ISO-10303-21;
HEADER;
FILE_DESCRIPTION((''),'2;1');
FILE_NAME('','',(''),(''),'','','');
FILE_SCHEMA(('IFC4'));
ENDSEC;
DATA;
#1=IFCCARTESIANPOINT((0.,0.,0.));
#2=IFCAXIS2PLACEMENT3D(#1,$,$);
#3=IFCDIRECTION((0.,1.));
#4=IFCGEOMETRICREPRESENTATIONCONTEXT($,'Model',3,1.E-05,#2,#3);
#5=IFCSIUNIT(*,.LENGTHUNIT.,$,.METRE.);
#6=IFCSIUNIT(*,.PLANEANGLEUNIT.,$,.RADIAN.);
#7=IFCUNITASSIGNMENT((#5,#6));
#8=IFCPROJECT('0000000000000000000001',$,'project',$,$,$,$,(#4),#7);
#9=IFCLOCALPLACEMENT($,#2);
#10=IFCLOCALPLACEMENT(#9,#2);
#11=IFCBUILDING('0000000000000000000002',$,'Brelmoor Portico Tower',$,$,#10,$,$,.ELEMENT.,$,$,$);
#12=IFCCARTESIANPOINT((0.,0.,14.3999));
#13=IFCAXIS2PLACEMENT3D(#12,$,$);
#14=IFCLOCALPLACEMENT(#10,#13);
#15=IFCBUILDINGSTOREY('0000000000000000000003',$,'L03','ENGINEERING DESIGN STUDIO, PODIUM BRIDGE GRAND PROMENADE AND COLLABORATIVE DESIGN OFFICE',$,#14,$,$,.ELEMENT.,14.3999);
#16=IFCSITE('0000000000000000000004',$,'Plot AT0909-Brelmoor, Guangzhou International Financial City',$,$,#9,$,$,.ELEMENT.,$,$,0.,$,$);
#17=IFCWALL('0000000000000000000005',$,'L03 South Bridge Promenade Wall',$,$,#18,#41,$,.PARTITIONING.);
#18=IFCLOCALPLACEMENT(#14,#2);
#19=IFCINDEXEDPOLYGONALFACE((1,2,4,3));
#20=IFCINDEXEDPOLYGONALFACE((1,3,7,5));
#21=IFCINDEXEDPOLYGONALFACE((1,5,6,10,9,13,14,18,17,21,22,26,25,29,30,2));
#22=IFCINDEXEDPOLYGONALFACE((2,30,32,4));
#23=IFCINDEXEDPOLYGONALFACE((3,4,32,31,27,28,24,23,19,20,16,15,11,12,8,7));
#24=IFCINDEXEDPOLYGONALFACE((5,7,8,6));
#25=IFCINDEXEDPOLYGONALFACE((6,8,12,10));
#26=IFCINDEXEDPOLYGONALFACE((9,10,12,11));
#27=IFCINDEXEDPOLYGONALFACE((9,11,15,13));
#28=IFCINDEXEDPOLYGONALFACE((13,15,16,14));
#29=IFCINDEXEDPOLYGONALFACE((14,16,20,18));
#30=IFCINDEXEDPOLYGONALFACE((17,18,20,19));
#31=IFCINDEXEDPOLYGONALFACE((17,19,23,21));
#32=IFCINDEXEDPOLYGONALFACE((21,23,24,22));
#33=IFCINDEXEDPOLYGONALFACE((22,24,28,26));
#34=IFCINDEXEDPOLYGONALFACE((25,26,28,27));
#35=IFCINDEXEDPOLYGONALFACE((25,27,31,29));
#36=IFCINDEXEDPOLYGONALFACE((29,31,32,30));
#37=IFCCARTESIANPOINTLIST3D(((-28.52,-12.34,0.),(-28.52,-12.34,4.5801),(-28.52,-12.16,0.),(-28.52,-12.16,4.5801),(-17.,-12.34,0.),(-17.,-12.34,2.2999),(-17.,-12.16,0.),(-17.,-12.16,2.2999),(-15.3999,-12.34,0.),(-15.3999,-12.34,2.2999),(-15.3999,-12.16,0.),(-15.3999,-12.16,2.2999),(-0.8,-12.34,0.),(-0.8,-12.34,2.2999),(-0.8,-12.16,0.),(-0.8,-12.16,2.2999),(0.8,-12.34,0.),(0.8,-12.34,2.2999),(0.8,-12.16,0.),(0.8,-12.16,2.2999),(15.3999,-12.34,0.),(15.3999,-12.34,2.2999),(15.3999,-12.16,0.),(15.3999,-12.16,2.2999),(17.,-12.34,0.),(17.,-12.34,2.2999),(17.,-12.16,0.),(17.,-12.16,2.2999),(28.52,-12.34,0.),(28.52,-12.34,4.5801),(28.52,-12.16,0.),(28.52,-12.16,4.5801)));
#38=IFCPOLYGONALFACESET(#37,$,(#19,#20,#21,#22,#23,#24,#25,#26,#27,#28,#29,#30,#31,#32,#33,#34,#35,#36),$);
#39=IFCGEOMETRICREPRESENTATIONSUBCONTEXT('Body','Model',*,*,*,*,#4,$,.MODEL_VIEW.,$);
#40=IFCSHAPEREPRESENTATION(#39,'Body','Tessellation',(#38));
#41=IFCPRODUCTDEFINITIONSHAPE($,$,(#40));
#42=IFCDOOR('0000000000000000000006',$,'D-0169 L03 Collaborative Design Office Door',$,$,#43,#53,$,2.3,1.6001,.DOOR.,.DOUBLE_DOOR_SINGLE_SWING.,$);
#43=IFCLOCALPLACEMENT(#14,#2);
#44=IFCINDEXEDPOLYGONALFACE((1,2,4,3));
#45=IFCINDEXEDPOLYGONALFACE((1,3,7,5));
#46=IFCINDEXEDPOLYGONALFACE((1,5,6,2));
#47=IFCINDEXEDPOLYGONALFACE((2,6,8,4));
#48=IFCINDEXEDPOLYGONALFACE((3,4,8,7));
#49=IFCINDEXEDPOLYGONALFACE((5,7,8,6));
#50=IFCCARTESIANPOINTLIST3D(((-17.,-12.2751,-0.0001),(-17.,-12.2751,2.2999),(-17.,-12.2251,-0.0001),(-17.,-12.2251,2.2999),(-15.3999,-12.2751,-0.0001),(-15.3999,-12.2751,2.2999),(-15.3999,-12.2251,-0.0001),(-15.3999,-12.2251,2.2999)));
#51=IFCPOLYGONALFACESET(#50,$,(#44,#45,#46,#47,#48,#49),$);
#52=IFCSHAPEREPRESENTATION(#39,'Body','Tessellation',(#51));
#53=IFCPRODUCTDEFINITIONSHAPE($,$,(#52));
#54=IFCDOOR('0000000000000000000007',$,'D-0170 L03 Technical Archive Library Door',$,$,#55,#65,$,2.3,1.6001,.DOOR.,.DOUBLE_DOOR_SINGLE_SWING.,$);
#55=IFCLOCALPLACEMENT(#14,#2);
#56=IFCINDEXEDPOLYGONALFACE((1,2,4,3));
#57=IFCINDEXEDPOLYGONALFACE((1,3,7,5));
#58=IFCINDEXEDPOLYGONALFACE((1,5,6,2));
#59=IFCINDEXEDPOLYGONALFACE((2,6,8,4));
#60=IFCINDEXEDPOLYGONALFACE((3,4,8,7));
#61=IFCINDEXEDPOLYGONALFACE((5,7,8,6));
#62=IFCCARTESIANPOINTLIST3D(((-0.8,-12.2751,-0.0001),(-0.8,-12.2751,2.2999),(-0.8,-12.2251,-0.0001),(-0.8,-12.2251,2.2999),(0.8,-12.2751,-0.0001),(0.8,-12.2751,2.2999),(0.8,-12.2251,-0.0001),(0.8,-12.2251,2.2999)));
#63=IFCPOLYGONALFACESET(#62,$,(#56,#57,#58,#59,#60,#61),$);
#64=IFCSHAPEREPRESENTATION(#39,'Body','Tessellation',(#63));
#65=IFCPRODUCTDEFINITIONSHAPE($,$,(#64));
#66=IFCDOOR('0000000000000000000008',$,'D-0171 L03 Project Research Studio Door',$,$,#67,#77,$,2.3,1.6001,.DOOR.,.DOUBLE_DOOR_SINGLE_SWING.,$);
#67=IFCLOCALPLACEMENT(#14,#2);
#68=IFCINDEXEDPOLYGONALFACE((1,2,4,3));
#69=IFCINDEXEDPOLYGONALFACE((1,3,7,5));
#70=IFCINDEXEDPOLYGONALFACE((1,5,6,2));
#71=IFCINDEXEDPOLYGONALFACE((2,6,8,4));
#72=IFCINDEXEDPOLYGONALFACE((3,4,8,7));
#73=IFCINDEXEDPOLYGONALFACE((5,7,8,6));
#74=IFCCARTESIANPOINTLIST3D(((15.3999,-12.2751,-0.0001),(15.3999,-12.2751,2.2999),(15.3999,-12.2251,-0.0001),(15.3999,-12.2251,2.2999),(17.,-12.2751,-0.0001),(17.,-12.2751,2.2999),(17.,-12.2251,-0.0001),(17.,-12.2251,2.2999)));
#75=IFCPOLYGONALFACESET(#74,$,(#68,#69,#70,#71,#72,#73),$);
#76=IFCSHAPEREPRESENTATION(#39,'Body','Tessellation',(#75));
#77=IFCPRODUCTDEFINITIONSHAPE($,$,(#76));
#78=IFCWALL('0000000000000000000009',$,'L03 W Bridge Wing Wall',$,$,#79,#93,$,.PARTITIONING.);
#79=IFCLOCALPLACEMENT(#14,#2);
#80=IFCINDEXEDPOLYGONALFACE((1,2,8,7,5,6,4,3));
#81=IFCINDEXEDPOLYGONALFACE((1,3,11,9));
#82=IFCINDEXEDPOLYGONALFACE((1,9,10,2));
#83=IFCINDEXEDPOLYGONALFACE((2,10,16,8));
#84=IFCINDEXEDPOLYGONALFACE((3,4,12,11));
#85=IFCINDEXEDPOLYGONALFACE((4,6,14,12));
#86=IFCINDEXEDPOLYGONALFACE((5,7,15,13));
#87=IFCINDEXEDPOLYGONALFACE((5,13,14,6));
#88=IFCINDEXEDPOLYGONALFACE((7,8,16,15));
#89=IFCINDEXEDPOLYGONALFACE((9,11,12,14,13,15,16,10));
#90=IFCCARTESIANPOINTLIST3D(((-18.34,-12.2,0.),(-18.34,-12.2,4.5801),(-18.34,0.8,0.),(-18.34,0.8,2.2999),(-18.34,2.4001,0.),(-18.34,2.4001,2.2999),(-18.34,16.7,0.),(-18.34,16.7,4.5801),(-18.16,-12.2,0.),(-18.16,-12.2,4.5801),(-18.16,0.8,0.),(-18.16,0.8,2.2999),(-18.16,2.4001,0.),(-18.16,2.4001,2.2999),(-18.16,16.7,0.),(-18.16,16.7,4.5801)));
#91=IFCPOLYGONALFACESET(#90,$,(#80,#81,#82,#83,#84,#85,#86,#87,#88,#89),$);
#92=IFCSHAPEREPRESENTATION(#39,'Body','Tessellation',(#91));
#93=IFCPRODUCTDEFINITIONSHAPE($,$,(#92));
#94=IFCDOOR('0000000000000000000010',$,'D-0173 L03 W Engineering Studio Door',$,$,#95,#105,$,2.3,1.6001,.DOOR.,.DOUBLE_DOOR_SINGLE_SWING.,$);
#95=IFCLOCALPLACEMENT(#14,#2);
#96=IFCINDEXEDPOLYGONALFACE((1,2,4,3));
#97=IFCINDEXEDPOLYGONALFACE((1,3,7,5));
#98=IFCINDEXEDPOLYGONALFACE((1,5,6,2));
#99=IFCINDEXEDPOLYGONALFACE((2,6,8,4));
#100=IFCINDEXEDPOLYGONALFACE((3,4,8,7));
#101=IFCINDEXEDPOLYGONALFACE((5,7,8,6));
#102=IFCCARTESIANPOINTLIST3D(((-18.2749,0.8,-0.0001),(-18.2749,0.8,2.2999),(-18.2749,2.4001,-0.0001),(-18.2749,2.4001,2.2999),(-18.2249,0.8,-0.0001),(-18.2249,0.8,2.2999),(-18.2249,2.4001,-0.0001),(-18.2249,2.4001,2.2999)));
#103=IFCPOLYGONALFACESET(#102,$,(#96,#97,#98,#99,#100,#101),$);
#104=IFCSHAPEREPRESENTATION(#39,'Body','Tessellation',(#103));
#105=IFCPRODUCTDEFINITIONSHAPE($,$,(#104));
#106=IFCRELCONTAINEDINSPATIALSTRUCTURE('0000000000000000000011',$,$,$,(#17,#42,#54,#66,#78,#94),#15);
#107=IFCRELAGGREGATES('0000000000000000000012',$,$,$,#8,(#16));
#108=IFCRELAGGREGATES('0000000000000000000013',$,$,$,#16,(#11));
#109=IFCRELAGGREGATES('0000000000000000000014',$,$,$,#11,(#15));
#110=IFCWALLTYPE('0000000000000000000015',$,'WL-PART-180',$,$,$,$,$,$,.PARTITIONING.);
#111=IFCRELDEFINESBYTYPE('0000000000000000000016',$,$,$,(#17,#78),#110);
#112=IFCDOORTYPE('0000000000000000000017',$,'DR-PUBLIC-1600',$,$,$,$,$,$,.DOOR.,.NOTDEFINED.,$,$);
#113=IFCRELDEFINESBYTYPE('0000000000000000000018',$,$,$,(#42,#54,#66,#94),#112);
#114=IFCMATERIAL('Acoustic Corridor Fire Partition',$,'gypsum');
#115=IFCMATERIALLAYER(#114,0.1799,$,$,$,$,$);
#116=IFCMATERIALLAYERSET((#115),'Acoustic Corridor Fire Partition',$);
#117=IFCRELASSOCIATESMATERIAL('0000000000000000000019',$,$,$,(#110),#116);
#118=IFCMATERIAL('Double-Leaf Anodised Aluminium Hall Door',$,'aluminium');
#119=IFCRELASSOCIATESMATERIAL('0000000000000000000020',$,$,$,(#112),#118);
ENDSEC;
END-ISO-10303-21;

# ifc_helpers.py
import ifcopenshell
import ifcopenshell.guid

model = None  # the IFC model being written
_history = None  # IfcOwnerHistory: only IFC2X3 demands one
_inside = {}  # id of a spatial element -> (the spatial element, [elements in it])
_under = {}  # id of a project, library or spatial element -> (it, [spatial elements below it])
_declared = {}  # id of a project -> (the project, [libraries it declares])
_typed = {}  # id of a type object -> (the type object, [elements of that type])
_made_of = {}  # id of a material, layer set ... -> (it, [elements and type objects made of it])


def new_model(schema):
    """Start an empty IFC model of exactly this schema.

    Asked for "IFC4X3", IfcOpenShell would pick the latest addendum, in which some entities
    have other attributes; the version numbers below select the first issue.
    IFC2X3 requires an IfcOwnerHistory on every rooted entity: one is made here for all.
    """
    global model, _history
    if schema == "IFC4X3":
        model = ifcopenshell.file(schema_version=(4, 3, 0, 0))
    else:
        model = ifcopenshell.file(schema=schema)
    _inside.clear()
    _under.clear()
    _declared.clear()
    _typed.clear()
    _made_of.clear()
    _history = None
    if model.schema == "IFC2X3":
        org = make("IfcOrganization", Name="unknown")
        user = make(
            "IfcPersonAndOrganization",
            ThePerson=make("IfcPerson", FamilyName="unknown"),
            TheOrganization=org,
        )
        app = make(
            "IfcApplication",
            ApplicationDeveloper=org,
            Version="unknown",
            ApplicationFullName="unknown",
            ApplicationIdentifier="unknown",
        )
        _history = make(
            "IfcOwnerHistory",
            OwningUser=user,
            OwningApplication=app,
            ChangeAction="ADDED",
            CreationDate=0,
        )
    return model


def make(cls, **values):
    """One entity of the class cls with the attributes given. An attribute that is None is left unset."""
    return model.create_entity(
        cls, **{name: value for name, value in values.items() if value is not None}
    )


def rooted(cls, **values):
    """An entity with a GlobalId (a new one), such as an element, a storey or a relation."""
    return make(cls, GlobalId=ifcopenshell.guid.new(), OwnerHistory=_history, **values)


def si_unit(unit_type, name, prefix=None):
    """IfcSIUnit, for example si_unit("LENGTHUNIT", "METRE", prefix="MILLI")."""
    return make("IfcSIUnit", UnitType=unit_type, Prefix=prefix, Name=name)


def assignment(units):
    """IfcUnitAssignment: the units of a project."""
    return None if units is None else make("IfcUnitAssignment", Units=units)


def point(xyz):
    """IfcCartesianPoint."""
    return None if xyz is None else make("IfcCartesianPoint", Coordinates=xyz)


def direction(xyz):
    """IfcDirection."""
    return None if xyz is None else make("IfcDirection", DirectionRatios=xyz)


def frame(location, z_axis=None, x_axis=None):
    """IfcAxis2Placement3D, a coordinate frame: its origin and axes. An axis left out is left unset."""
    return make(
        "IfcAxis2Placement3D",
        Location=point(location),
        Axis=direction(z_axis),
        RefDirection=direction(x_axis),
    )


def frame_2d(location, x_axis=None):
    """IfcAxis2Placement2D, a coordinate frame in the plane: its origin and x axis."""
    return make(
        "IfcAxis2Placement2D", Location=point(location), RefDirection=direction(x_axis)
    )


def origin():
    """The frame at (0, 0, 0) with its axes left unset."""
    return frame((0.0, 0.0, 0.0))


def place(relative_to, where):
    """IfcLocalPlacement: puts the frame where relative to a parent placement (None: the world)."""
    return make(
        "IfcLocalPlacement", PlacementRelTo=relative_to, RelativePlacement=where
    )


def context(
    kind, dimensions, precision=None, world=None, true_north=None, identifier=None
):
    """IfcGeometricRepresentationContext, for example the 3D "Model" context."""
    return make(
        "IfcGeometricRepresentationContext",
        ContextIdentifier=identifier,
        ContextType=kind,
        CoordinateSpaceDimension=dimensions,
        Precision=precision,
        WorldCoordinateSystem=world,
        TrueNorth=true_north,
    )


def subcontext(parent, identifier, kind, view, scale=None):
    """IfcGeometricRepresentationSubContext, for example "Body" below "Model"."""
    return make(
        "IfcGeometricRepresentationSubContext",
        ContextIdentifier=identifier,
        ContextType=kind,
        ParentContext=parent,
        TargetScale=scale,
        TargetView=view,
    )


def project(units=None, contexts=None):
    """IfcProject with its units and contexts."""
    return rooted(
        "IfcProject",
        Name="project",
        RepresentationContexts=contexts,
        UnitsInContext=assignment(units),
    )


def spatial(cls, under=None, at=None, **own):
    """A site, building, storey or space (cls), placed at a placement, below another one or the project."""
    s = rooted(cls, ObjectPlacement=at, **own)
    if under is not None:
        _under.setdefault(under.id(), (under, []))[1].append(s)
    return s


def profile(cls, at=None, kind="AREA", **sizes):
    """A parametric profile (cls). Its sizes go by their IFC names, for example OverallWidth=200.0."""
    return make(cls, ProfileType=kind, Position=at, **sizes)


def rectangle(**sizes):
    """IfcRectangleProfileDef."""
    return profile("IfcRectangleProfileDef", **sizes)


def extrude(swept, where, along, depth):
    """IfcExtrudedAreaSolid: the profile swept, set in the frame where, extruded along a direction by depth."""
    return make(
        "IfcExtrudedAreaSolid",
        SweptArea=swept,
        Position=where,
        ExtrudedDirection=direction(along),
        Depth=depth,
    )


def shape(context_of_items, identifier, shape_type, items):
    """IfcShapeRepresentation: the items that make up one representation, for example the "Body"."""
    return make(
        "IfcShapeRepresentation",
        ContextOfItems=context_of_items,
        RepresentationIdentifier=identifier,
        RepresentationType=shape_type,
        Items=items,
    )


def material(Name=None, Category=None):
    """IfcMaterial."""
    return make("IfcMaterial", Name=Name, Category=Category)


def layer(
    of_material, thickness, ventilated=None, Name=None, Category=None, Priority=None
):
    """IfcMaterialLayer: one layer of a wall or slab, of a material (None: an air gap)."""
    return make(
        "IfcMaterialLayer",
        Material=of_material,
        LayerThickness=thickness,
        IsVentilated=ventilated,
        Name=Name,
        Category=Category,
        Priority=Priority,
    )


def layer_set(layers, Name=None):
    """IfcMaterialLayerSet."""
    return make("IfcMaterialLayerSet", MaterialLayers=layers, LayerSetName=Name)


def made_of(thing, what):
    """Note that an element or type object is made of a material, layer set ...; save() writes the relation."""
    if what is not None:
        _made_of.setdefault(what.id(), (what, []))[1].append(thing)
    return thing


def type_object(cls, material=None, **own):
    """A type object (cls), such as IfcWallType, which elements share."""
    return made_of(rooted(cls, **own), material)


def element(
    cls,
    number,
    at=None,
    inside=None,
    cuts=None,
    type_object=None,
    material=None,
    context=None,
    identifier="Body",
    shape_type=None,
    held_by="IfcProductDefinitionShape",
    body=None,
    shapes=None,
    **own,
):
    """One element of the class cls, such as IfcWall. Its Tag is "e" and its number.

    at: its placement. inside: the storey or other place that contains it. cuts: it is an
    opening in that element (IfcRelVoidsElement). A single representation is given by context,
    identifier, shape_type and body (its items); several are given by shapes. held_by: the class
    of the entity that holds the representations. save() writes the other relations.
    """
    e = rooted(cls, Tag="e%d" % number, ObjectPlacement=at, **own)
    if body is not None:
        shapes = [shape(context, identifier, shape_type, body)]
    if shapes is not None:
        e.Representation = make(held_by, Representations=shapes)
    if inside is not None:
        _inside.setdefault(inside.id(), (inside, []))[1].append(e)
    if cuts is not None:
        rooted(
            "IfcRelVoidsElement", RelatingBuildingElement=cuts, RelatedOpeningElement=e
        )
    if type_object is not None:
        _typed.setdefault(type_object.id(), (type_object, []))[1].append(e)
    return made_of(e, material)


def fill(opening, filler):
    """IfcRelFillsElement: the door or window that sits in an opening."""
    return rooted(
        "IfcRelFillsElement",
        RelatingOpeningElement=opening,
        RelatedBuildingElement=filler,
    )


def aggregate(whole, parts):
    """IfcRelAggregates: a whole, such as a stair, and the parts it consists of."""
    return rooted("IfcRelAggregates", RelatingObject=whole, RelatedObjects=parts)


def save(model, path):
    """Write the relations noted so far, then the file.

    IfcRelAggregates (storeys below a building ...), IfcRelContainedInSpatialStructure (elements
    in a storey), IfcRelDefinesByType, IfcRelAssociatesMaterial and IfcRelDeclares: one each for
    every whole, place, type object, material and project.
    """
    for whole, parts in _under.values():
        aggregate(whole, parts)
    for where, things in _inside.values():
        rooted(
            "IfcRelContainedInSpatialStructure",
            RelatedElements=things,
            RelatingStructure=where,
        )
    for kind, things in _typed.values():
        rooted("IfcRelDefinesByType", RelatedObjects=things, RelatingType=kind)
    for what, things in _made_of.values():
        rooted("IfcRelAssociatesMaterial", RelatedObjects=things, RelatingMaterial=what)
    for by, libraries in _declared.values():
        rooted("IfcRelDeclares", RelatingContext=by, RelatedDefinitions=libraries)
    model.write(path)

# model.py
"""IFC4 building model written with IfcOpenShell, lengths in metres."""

from ifc_helpers import new_model, si_unit, direction, frame, frame_2d, origin, place, context, subcontext, project, spatial, rectangle, extrude, material, layer, layer_set, type_object, element, fill, save


model = new_model("IFC4")

# Units and contexts
model_context = context("Model", 3, precision=1e-05, world=origin(), true_north=direction((0.0, 1.0)))
body_context = subcontext(model_context, "Body", "Model", "MODEL_VIEW")
ifc_project = project(units=[si_unit("LENGTHUNIT", "METRE"), si_unit("PLANEANGLEUNIT", "RADIAN")], contexts=[model_context])

# Site, building, storey
site_placement = place(None, origin())
site = spatial("IfcSite", under=ifc_project, at=site_placement, Name="Plot AT0909-Brelmoor, Guangzhou International Financial City", CompositionType="ELEMENT", RefElevation=0.0)
building_placement = place(site_placement, origin())
building = spatial("IfcBuilding", under=site, at=building_placement, Name="Brelmoor Portico Tower", CompositionType="ELEMENT")
storey_placement = place(building_placement, frame((0.0, 0.0, 14.3999)))
storey = spatial("IfcBuildingStorey", under=building, at=storey_placement, Name="L03", Description="ENGINEERING DESIGN STUDIO, PODIUM BRIDGE GRAND PROMENADE AND COLLABORATIVE DESIGN OFFICE", CompositionType="ELEMENT", Elevation=14.3999)

# Wall, openings, doors
ifc_material_1 = material(Name="Acoustic Corridor Fire Partition", Category="gypsum")
ifc_layer_1 = layer(ifc_material_1, 0.1799)
ifc_layer_set_1 = layer_set([ifc_layer_1], Name="Acoustic Corridor Fire Partition")
wall_type_1 = type_object("IfcWallType", Name="WL-PART-180", PredefinedType="PARTITIONING", material=ifc_layer_set_1)
wall_1_placement = place(storey_placement, frame((-28.52, -12.25, 0.0), z_axis=(0.0, 0.0, 1.0), x_axis=(1.0, 0.0, 0.0)))
wall_1 = element("IfcWall", 1, at=wall_1_placement, inside=storey, type_object=wall_type_1, Name="L03 South Bridge Promenade Wall", PredefinedType="PARTITIONING", context=body_context, shape_type="SweptSolid", body=[
    extrude(rectangle(XDim=57.04, YDim=0.1799, at=frame_2d((28.52, 0.0))), origin(), (0.0, 0.0, 1.0), 4.5801),
])
opening_1_placement = place(wall_1_placement, frame((11.52, 0.0, 0.0)))
opening_1 = element("IfcOpeningElement", 2, at=opening_1_placement, cuts=wall_1, PredefinedType="OPENING", context=body_context, shape_type="SweptSolid", body=[
    extrude(rectangle(XDim=1.6001, YDim=2.3, at=frame_2d((0.8, 1.1499))), frame((0.0, 0.0999, 0.0), z_axis=(0.0, -1.0, 0.0), x_axis=(1.0, 0.0, 0.0)), (0.0, 0.0, 1.0), 0.2),
])
opening_2_placement = place(wall_1_placement, frame((27.72, 0.0, 0.0)))
opening_2 = element("IfcOpeningElement", 3, at=opening_2_placement, cuts=wall_1, PredefinedType="OPENING", context=body_context, shape_type="SweptSolid", body=[
    extrude(rectangle(XDim=1.6001, YDim=2.3, at=frame_2d((0.8, 1.1499))), frame((0.0, 0.0999, 0.0), z_axis=(0.0, -1.0, 0.0), x_axis=(1.0, 0.0, 0.0)), (0.0, 0.0, 1.0), 0.2),
])
opening_3_placement = place(wall_1_placement, frame((43.9199, 0.0, 0.0)))
opening_3 = element("IfcOpeningElement", 4, at=opening_3_placement, cuts=wall_1, PredefinedType="OPENING", context=body_context, shape_type="SweptSolid", body=[
    extrude(rectangle(XDim=1.6001, YDim=2.3, at=frame_2d((0.8, 1.1499))), frame((0.0, 0.0999, 0.0), z_axis=(0.0, -1.0, 0.0), x_axis=(1.0, 0.0, 0.0)), (0.0, 0.0, 1.0), 0.2),
])
ifc_material_2 = material(Name="Double-Leaf Anodised Aluminium Hall Door", Category="aluminium")
door_type = type_object("IfcDoorType", Name="DR-PUBLIC-1600", OperationType="NOTDEFINED", PredefinedType="DOOR", material=ifc_material_2)
door_1_placement = place(opening_1_placement, origin())
door_1 = element("IfcDoor", 5, at=door_1_placement, inside=storey, type_object=door_type, Name="D-0169 L03 Collaborative Design Office Door", OperationType="DOUBLE_DOOR_SINGLE_SWING", OverallHeight=2.3, OverallWidth=1.6001, PredefinedType="DOOR", context=body_context, shape_type="SweptSolid", body=[
    extrude(rectangle(XDim=1.6001, YDim=2.3, at=frame_2d((0.8, 1.1499))), frame((0.0, 0.0249, 0.0), z_axis=(0.0, -1.0, 0.0), x_axis=(1.0, 0.0, 0.0)), (0.0, 0.0, 1.0), 0.05),
])
fill(opening_1, door_1)
door_2_placement = place(opening_2_placement, origin())
door_2 = element("IfcDoor", 6, at=door_2_placement, inside=storey, type_object=door_type, Name="D-0170 L03 Technical Archive Library Door", OperationType="DOUBLE_DOOR_SINGLE_SWING", OverallHeight=2.3, OverallWidth=1.6001, PredefinedType="DOOR", context=body_context, shape_type="SweptSolid", body=[
    extrude(rectangle(XDim=1.6001, YDim=2.3, at=frame_2d((0.8, 1.1499))), frame((0.0, 0.0249, 0.0), z_axis=(0.0, -1.0, 0.0), x_axis=(1.0, 0.0, 0.0)), (0.0, 0.0, 1.0), 0.05),
])
fill(opening_2, door_2)
door_3_placement = place(opening_3_placement, origin())
door_3 = element("IfcDoor", 7, at=door_3_placement, inside=storey, type_object=door_type, Name="D-0171 L03 Project Research Studio Door", OperationType="DOUBLE_DOOR_SINGLE_SWING", OverallHeight=2.3, OverallWidth=1.6001, PredefinedType="DOOR", context=body_context, shape_type="SweptSolid", body=[
    extrude(rectangle(XDim=1.6001, YDim=2.3, at=frame_2d((0.8, 1.1499))), frame((0.0, 0.0249, 0.0), z_axis=(0.0, -1.0, 0.0), x_axis=(1.0, 0.0, 0.0)), (0.0, 0.0, 1.0), 0.05),
])
fill(opening_3, door_3)

# Wall, opening, door
wall_2_placement = place(storey_placement, frame((-18.25, -12.2, 0.0), z_axis=(0.0, 0.0, 1.0), x_axis=(0.0, 1.0, 0.0)))
wall_2 = element("IfcWall", 8, at=wall_2_placement, inside=storey, type_object=wall_type_1, Name="L03 W Bridge Wing Wall", PredefinedType="PARTITIONING", context=body_context, shape_type="SweptSolid", body=[
    extrude(rectangle(XDim=28.8999, YDim=0.1799, at=frame_2d((14.45, 0.0))), origin(), (0.0, 0.0, 1.0), 4.5801),
])
opening_4_placement = place(wall_2_placement, frame((13.0, 0.0, 0.0)))
opening_4 = element("IfcOpeningElement", 9, at=opening_4_placement, cuts=wall_2, PredefinedType="OPENING", context=body_context, shape_type="SweptSolid", body=[
    extrude(rectangle(XDim=1.6001, YDim=2.3, at=frame_2d((0.8, 1.1499))), frame((0.0, 0.0999, 0.0), z_axis=(0.0, -1.0, 0.0), x_axis=(1.0, 0.0, 0.0)), (0.0, 0.0, 1.0), 0.2),
])
door_4_placement = place(opening_4_placement, origin())
door_4 = element("IfcDoor", 10, at=door_4_placement, inside=storey, type_object=door_type, Name="D-0173 L03 W Engineering Studio Door", OperationType="DOUBLE_DOOR_SINGLE_SWING", OverallHeight=2.3, OverallWidth=1.6001, PredefinedType="DOOR", context=body_context, shape_type="SweptSolid", body=[
    extrude(rectangle(XDim=1.6001, YDim=2.3, at=frame_2d((0.8, 1.1499))), frame((0.0, 0.0249, 0.0), z_axis=(0.0, -1.0, 0.0), x_axis=(1.0, 0.0, 0.0)), (0.0, 0.0, 1.0), 0.05),
])
fill(opening_4, door_4)

save(model, "model.ifc")
